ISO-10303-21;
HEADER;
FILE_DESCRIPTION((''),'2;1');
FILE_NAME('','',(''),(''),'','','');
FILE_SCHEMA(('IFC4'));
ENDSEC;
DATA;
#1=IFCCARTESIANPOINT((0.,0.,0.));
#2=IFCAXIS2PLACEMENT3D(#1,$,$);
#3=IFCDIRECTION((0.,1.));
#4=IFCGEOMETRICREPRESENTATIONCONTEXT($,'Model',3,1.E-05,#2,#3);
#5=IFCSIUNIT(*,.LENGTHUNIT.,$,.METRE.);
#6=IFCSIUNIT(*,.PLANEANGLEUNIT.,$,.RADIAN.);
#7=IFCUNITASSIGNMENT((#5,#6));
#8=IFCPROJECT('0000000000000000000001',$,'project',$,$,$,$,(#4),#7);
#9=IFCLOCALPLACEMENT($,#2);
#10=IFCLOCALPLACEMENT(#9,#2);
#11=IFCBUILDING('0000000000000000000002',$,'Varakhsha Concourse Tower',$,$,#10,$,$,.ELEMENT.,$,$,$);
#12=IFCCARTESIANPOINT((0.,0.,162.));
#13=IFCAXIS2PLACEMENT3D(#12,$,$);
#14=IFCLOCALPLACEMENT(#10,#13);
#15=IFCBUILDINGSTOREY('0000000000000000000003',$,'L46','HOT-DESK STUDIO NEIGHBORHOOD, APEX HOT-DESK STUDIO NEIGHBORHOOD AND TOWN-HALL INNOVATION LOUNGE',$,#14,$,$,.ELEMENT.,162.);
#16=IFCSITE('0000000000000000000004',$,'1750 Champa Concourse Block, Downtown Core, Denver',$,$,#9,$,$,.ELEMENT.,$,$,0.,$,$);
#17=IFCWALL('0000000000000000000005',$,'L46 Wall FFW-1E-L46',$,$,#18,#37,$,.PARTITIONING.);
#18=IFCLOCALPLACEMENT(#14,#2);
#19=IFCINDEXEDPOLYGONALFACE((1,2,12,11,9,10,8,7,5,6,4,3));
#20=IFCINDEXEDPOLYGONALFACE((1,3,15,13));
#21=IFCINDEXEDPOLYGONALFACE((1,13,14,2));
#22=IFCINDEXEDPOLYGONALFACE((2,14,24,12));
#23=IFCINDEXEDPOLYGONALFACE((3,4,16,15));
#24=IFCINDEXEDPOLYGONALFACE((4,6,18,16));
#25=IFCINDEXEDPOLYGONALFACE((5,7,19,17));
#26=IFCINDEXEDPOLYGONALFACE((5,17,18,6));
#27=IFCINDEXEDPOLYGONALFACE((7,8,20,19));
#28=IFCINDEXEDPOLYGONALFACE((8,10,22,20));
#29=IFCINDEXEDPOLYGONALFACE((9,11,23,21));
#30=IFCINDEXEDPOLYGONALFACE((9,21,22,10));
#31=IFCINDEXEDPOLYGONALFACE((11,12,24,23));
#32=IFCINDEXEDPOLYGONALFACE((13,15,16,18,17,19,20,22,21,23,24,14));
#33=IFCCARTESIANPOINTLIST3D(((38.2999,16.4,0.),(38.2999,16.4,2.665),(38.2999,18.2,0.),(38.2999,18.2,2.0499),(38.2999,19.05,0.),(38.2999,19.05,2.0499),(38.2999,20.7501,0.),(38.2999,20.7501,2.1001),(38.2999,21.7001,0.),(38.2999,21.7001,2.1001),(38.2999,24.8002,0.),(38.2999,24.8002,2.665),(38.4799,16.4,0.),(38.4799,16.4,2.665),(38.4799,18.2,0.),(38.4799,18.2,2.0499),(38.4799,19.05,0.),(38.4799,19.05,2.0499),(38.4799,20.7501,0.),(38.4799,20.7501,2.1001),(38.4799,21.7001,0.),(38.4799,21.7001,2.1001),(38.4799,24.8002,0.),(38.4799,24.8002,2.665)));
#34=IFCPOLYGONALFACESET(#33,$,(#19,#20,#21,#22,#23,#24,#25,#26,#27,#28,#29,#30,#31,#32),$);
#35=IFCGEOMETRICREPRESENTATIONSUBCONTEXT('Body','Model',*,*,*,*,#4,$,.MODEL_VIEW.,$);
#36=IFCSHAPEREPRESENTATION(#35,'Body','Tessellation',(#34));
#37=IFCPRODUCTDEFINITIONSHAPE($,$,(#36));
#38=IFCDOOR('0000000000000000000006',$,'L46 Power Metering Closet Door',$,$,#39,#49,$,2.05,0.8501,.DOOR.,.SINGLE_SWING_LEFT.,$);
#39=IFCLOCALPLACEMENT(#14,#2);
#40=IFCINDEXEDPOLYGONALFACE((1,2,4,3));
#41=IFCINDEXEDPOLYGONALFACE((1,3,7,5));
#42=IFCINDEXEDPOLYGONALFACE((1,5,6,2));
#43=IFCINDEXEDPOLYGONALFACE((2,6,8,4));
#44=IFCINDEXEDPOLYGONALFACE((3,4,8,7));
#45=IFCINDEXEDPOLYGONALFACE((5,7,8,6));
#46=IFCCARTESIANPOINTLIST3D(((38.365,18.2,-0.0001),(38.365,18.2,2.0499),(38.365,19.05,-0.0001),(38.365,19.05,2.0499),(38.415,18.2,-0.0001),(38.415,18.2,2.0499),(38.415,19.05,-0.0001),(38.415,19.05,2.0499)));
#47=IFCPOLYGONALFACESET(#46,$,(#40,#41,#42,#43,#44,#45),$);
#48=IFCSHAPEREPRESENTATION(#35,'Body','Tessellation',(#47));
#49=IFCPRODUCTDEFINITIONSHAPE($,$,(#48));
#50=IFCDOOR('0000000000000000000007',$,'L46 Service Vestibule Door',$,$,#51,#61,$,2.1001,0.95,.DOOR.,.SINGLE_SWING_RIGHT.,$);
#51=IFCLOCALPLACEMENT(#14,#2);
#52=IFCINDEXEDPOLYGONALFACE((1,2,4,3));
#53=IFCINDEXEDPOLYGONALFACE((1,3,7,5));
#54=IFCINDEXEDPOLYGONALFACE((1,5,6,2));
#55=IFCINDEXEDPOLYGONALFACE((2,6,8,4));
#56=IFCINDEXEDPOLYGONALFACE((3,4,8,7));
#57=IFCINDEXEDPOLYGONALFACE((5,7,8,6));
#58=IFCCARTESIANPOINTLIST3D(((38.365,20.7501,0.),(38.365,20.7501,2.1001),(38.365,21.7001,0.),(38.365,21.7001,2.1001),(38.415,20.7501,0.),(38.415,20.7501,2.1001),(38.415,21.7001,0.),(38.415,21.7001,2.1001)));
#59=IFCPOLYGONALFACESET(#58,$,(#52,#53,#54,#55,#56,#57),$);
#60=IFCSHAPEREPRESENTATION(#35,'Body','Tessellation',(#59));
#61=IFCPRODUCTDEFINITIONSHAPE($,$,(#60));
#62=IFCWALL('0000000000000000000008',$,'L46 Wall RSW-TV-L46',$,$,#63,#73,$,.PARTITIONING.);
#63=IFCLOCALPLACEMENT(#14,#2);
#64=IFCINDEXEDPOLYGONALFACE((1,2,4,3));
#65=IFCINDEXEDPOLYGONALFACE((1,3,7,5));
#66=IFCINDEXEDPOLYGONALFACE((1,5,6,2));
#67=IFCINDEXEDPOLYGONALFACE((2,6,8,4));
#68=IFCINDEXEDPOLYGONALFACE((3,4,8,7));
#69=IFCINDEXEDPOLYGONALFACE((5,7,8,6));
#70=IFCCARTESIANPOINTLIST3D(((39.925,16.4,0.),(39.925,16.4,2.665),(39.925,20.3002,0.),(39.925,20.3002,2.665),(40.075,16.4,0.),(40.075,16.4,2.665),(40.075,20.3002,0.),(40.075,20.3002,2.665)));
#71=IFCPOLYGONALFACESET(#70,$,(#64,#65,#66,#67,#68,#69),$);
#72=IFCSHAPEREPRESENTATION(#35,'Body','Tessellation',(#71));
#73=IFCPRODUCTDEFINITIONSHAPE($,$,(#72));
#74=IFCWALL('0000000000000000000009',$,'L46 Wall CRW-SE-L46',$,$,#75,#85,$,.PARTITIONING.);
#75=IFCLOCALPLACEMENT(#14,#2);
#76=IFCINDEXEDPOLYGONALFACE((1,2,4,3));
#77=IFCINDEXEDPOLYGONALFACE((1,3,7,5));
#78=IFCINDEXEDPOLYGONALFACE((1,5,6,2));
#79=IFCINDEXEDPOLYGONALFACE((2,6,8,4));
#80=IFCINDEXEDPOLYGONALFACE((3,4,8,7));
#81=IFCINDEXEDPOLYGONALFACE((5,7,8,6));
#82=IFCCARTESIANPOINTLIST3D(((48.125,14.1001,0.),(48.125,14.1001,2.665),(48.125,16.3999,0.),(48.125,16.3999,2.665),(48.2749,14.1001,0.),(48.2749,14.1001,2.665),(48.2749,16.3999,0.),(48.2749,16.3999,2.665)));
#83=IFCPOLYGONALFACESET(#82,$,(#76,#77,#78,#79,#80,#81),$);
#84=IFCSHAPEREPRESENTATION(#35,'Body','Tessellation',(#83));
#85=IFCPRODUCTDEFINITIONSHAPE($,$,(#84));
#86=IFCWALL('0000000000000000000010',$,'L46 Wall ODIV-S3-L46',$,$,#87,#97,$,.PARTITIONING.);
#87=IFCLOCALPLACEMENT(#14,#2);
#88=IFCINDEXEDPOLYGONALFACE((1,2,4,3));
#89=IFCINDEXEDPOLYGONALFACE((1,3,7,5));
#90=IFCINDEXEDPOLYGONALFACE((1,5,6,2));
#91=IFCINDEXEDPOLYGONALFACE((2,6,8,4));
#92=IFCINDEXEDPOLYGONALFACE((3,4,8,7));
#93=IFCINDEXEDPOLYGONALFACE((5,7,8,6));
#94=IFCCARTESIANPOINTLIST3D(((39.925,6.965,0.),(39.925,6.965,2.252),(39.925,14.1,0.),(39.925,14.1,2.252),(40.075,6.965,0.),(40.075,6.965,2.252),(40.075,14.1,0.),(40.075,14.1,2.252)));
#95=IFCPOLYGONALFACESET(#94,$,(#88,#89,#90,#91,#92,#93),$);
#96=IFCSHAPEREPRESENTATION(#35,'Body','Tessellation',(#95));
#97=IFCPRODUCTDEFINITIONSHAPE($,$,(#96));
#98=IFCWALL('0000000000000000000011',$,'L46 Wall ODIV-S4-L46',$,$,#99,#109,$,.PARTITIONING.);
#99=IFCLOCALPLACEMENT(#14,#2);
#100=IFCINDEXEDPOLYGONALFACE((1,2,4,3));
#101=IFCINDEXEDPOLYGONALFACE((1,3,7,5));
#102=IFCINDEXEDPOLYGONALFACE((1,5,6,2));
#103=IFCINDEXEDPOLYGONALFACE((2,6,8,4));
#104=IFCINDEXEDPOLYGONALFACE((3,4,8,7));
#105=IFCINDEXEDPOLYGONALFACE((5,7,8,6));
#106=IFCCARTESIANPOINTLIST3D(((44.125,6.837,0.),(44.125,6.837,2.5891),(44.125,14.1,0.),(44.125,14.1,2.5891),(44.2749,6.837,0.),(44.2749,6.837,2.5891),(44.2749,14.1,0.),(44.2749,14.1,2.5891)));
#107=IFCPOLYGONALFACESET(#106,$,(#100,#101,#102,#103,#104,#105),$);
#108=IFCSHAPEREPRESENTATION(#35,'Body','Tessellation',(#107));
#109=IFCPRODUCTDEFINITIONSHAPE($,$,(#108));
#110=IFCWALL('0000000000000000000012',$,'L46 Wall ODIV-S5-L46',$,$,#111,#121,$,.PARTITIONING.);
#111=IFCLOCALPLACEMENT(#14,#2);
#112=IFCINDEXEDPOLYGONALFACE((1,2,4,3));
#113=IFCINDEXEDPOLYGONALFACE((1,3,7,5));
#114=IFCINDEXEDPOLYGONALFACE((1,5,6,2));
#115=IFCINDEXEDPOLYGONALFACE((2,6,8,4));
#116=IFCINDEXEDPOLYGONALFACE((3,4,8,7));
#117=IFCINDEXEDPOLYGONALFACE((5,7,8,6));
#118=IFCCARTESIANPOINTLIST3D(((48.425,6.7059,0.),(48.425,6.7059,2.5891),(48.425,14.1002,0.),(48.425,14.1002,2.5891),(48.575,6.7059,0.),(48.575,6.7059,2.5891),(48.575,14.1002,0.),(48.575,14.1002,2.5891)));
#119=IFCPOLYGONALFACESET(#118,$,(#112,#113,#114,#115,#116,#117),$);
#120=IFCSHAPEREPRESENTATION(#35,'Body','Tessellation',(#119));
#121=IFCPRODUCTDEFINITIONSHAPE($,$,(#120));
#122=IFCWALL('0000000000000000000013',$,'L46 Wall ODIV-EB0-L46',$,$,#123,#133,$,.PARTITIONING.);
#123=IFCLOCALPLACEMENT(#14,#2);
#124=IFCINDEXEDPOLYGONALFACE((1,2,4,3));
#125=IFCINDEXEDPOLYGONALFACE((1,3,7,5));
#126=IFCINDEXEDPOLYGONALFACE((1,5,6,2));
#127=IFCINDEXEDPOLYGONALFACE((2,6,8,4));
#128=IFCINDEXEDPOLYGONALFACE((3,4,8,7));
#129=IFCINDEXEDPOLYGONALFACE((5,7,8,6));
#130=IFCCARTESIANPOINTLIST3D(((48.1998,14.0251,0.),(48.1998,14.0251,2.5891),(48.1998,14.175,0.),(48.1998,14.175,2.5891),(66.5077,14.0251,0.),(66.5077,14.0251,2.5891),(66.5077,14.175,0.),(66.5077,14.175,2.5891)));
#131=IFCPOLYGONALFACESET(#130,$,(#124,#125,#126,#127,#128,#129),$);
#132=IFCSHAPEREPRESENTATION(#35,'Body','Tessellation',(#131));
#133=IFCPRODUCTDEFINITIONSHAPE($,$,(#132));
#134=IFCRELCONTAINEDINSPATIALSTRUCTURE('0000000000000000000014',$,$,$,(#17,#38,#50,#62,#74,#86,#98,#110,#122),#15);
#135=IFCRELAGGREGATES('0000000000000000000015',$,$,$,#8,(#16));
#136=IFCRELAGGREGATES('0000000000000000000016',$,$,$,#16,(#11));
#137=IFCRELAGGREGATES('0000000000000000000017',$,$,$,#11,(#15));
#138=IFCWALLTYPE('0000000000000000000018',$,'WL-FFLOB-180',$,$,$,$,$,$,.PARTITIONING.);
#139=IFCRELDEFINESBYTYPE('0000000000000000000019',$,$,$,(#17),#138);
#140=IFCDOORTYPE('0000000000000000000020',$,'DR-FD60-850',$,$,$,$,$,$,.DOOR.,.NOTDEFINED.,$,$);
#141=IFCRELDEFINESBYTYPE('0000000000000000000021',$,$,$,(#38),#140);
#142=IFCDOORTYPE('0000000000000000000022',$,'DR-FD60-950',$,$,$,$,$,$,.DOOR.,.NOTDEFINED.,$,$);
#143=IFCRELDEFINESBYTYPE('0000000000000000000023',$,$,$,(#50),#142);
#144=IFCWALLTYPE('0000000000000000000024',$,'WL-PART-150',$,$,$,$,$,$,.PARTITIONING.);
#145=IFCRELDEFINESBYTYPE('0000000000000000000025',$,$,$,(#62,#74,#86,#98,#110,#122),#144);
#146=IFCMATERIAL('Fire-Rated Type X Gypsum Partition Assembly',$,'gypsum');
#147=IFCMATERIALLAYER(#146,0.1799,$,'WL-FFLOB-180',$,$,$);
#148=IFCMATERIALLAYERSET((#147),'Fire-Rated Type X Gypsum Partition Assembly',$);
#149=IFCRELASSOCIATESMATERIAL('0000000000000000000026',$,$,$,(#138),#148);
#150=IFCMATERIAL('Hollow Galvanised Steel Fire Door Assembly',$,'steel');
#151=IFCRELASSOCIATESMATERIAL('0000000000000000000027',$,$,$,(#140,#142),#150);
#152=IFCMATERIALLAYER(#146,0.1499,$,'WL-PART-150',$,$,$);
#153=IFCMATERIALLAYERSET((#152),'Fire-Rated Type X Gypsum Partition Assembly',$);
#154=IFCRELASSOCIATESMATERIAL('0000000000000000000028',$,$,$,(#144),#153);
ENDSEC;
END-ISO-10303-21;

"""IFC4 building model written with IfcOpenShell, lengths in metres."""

from ifc_helpers import new_model, si_unit, direction, frame, frame_2d, origin, place, context, subcontext, project, spatial, rectangle, extrude, material, layer, layer_set, type_object, element, fill, save


model = new_model("IFC4")

# Units and contexts
model_context = context("Model", 3, precision=1e-05, world=origin(), true_north=direction((0.0, 1.0)))
body_context = subcontext(model_context, "Body", "Model", "MODEL_VIEW")
ifc_project = project(units=[si_unit("LENGTHUNIT", "METRE"), si_unit("PLANEANGLEUNIT", "RADIAN")], contexts=[model_context])

# Site, building, storey
site_placement = place(None, origin())
site = spatial("IfcSite", under=ifc_project, at=site_placement, Name="1750 Champa Concourse Block, Downtown Core, Denver", CompositionType="ELEMENT", RefElevation=0.0)
building_placement = place(site_placement, origin())
building = spatial("IfcBuilding", under=site, at=building_placement, Name="Varakhsha Concourse Tower", CompositionType="ELEMENT")
storey_placement = place(building_placement, frame((0.0, 0.0, 162.0)))
storey = spatial("IfcBuildingStorey", under=building, at=storey_placement, Name="L46", Description="HOT-DESK STUDIO NEIGHBORHOOD, APEX HOT-DESK STUDIO NEIGHBORHOOD AND TOWN-HALL INNOVATION LOUNGE", CompositionType="ELEMENT", Elevation=162.0)

# Wall, openings, doors
ifc_material_1 = material(Name="Fire-Rated Type X Gypsum Partition Assembly", Category="gypsum")
ifc_layer_1 = layer(ifc_material_1, 0.1799, Name="WL-FFLOB-180")
ifc_layer_set_1 = layer_set([ifc_layer_1], Name="Fire-Rated Type X Gypsum Partition Assembly")
wall_type_1 = type_object("IfcWallType", Name="WL-FFLOB-180", PredefinedType="PARTITIONING", material=ifc_layer_set_1)
wall_1_placement = place(storey_placement, frame((38.3899, 16.3999, 0.0), z_axis=(0.0, 0.0, 1.0), x_axis=(0.0, 1.0, 0.0)))
wall_1 = element("IfcWall", 1, at=wall_1_placement, inside=storey, type_object=wall_type_1, Name="L46 Wall FFW-1E-L46", PredefinedType="PARTITIONING", context=body_context, shape_type="SweptSolid", body=[
    extrude(rectangle(XDim=8.4001, YDim=0.1799, at=frame_2d((4.2002, 0.0))), origin(), (0.0, 0.0, 1.0), 2.665),
])
opening_1_placement = place(wall_1_placement, frame((1.8, 0.0, 0.0)))
opening_1 = element("IfcOpeningElement", 2, at=opening_1_placement, cuts=wall_1, PredefinedType="OPENING", context=body_context, shape_type="SweptSolid", body=[
    extrude(rectangle(XDim=0.8501, YDim=2.05, at=frame_2d((0.425, 1.0249))), frame((0.0, 0.0999, 0.0), z_axis=(0.0, -1.0, 0.0), x_axis=(1.0, 0.0, 0.0)), (0.0, 0.0, 1.0), 0.2),
])
opening_2_placement = place(wall_1_placement, frame((4.3501, 0.0, 0.0)))
opening_2 = element("IfcOpeningElement", 3, at=opening_2_placement, cuts=wall_1, PredefinedType="OPENING", context=body_context, shape_type="SweptSolid", body=[
    extrude(rectangle(XDim=0.95, YDim=2.1001, at=frame_2d((0.4751, 1.05))), frame((0.0, 0.0999, 0.0), z_axis=(0.0, -1.0, 0.0), x_axis=(1.0, 0.0, 0.0)), (0.0, 0.0, 1.0), 0.2),
])
ifc_material_2 = material(Name="Hollow Galvanised Steel Fire Door Assembly", Category="steel")
door_type_1 = type_object("IfcDoorType", Name="DR-FD60-850", OperationType="NOTDEFINED", PredefinedType="DOOR", material=ifc_material_2)
door_1_placement = place(opening_1_placement, origin())
door_1 = element("IfcDoor", 4, at=door_1_placement, inside=storey, type_object=door_type_1, Name="L46 Power Metering Closet Door", OperationType="SINGLE_SWING_LEFT", OverallHeight=2.05, OverallWidth=0.8501, PredefinedType="DOOR", context=body_context, shape_type="SweptSolid", body=[
    extrude(rectangle(XDim=0.8501, YDim=2.05, at=frame_2d((0.425, 1.0249))), frame((0.0, 0.0249, 0.0), z_axis=(0.0, -1.0, 0.0), x_axis=(1.0, 0.0, 0.0)), (0.0, 0.0, 1.0), 0.05),
])
fill(opening_1, door_1)
door_type_2 = type_object("IfcDoorType", Name="DR-FD60-950", OperationType="NOTDEFINED", PredefinedType="DOOR", material=ifc_material_2)
door_2_placement = place(opening_2_placement, origin())
door_2 = element("IfcDoor", 5, at=door_2_placement, inside=storey, type_object=door_type_2, Name="L46 Service Vestibule Door", OperationType="SINGLE_SWING_RIGHT", OverallHeight=2.1001, OverallWidth=0.95, PredefinedType="DOOR", context=body_context, shape_type="SweptSolid", body=[
    extrude(rectangle(XDim=0.95, YDim=2.1001, at=frame_2d((0.4751, 1.05))), frame((0.0, 0.0249, 0.0), z_axis=(0.0, -1.0, 0.0), x_axis=(1.0, 0.0, 0.0)), (0.0, 0.0, 1.0), 0.05),
])
fill(opening_2, door_2)

# Walls
ifc_layer_2 = layer(ifc_material_1, 0.1499, Name="WL-PART-150")
ifc_layer_set_2 = layer_set([ifc_layer_2], Name="Fire-Rated Type X Gypsum Partition Assembly")
wall_type_2 = type_object("IfcWallType", Name="WL-PART-150", PredefinedType="PARTITIONING", material=ifc_layer_set_2)
wall_2_placement = place(storey_placement, frame((40.0, 16.3999, 0.0), z_axis=(0.0, 0.0, 1.0), x_axis=(0.0, 1.0, 0.0)))
element("IfcWall", 6, at=wall_2_placement, inside=storey, type_object=wall_type_2, Name="L46 Wall RSW-TV-L46", PredefinedType="PARTITIONING", context=body_context, shape_type="SweptSolid", body=[
    extrude(rectangle(XDim=3.9001, YDim=0.1499, at=frame_2d((1.9502, 0.0))), origin(), (0.0, 0.0, 1.0), 2.665),
])
wall_3_placement = place(storey_placement, frame((48.2, 14.1001, 0.0), z_axis=(0.0, 0.0, 1.0), x_axis=(0.0, 1.0, 0.0)))
element("IfcWall", 7, at=wall_3_placement, inside=storey, type_object=wall_type_2, Name="L46 Wall CRW-SE-L46", PredefinedType="PARTITIONING", context=body_context, shape_type="SweptSolid", body=[
    extrude(rectangle(XDim=2.2998, YDim=0.1499, at=frame_2d((1.1499, 0.0))), origin(), (0.0, 0.0, 1.0), 2.665),
])
wall_4_placement = place(storey_placement, frame((40.0, 6.9651, 0.0), z_axis=(0.0, 0.0, 1.0), x_axis=(0.0, 1.0, 0.0)))
element("IfcWall", 8, at=wall_4_placement, inside=storey, type_object=wall_type_2, Name="L46 Wall ODIV-S3-L46", PredefinedType="PARTITIONING", context=body_context, shape_type="SweptSolid", body=[
    extrude(rectangle(XDim=7.135, YDim=0.1499, at=frame_2d((3.5674, 0.0))), origin(), (0.0, 0.0, 1.0), 2.252),
])
wall_5_placement = place(storey_placement, frame((44.2, 6.8372, 0.0), z_axis=(0.0, 0.0, 1.0), x_axis=(0.0, 1.0, 0.0)))
element("IfcWall", 9, at=wall_5_placement, inside=storey, type_object=wall_type_2, Name="L46 Wall ODIV-S4-L46", PredefinedType="PARTITIONING", context=body_context, shape_type="SweptSolid", body=[
    extrude(rectangle(XDim=7.2629, YDim=0.1499, at=frame_2d((3.6313, 0.0))), origin(), (0.0, 0.0, 1.0), 2.5891),
])
wall_6_placement = place(storey_placement, frame((48.5, 6.7058, 0.0), z_axis=(0.0, 0.0, 1.0), x_axis=(0.0, 1.0, 0.0)))
element("IfcWall", 10, at=wall_6_placement, inside=storey, type_object=wall_type_2, Name="L46 Wall ODIV-S5-L46", PredefinedType="PARTITIONING", context=body_context, shape_type="SweptSolid", body=[
    extrude(rectangle(XDim=7.3943, YDim=0.1499, at=frame_2d((3.6973, 0.0))), origin(), (0.0, 0.0, 1.0), 2.5891),
])
wall_7_placement = place(storey_placement, frame((48.2, 14.1001, 0.0), z_axis=(0.0, 0.0, 1.0), x_axis=(1.0, 0.0, 0.0)))
element("IfcWall", 11, at=wall_7_placement, inside=storey, type_object=wall_type_2, Name="L46 Wall ODIV-EB0-L46", PredefinedType="PARTITIONING", context=body_context, shape_type="SweptSolid", body=[
    extrude(rectangle(XDim=18.3079, YDim=0.1499, at=frame_2d((9.1538, 0.0))), origin(), (0.0, 0.0, 1.0), 2.5891),
])

save(model, "model.ifc")
